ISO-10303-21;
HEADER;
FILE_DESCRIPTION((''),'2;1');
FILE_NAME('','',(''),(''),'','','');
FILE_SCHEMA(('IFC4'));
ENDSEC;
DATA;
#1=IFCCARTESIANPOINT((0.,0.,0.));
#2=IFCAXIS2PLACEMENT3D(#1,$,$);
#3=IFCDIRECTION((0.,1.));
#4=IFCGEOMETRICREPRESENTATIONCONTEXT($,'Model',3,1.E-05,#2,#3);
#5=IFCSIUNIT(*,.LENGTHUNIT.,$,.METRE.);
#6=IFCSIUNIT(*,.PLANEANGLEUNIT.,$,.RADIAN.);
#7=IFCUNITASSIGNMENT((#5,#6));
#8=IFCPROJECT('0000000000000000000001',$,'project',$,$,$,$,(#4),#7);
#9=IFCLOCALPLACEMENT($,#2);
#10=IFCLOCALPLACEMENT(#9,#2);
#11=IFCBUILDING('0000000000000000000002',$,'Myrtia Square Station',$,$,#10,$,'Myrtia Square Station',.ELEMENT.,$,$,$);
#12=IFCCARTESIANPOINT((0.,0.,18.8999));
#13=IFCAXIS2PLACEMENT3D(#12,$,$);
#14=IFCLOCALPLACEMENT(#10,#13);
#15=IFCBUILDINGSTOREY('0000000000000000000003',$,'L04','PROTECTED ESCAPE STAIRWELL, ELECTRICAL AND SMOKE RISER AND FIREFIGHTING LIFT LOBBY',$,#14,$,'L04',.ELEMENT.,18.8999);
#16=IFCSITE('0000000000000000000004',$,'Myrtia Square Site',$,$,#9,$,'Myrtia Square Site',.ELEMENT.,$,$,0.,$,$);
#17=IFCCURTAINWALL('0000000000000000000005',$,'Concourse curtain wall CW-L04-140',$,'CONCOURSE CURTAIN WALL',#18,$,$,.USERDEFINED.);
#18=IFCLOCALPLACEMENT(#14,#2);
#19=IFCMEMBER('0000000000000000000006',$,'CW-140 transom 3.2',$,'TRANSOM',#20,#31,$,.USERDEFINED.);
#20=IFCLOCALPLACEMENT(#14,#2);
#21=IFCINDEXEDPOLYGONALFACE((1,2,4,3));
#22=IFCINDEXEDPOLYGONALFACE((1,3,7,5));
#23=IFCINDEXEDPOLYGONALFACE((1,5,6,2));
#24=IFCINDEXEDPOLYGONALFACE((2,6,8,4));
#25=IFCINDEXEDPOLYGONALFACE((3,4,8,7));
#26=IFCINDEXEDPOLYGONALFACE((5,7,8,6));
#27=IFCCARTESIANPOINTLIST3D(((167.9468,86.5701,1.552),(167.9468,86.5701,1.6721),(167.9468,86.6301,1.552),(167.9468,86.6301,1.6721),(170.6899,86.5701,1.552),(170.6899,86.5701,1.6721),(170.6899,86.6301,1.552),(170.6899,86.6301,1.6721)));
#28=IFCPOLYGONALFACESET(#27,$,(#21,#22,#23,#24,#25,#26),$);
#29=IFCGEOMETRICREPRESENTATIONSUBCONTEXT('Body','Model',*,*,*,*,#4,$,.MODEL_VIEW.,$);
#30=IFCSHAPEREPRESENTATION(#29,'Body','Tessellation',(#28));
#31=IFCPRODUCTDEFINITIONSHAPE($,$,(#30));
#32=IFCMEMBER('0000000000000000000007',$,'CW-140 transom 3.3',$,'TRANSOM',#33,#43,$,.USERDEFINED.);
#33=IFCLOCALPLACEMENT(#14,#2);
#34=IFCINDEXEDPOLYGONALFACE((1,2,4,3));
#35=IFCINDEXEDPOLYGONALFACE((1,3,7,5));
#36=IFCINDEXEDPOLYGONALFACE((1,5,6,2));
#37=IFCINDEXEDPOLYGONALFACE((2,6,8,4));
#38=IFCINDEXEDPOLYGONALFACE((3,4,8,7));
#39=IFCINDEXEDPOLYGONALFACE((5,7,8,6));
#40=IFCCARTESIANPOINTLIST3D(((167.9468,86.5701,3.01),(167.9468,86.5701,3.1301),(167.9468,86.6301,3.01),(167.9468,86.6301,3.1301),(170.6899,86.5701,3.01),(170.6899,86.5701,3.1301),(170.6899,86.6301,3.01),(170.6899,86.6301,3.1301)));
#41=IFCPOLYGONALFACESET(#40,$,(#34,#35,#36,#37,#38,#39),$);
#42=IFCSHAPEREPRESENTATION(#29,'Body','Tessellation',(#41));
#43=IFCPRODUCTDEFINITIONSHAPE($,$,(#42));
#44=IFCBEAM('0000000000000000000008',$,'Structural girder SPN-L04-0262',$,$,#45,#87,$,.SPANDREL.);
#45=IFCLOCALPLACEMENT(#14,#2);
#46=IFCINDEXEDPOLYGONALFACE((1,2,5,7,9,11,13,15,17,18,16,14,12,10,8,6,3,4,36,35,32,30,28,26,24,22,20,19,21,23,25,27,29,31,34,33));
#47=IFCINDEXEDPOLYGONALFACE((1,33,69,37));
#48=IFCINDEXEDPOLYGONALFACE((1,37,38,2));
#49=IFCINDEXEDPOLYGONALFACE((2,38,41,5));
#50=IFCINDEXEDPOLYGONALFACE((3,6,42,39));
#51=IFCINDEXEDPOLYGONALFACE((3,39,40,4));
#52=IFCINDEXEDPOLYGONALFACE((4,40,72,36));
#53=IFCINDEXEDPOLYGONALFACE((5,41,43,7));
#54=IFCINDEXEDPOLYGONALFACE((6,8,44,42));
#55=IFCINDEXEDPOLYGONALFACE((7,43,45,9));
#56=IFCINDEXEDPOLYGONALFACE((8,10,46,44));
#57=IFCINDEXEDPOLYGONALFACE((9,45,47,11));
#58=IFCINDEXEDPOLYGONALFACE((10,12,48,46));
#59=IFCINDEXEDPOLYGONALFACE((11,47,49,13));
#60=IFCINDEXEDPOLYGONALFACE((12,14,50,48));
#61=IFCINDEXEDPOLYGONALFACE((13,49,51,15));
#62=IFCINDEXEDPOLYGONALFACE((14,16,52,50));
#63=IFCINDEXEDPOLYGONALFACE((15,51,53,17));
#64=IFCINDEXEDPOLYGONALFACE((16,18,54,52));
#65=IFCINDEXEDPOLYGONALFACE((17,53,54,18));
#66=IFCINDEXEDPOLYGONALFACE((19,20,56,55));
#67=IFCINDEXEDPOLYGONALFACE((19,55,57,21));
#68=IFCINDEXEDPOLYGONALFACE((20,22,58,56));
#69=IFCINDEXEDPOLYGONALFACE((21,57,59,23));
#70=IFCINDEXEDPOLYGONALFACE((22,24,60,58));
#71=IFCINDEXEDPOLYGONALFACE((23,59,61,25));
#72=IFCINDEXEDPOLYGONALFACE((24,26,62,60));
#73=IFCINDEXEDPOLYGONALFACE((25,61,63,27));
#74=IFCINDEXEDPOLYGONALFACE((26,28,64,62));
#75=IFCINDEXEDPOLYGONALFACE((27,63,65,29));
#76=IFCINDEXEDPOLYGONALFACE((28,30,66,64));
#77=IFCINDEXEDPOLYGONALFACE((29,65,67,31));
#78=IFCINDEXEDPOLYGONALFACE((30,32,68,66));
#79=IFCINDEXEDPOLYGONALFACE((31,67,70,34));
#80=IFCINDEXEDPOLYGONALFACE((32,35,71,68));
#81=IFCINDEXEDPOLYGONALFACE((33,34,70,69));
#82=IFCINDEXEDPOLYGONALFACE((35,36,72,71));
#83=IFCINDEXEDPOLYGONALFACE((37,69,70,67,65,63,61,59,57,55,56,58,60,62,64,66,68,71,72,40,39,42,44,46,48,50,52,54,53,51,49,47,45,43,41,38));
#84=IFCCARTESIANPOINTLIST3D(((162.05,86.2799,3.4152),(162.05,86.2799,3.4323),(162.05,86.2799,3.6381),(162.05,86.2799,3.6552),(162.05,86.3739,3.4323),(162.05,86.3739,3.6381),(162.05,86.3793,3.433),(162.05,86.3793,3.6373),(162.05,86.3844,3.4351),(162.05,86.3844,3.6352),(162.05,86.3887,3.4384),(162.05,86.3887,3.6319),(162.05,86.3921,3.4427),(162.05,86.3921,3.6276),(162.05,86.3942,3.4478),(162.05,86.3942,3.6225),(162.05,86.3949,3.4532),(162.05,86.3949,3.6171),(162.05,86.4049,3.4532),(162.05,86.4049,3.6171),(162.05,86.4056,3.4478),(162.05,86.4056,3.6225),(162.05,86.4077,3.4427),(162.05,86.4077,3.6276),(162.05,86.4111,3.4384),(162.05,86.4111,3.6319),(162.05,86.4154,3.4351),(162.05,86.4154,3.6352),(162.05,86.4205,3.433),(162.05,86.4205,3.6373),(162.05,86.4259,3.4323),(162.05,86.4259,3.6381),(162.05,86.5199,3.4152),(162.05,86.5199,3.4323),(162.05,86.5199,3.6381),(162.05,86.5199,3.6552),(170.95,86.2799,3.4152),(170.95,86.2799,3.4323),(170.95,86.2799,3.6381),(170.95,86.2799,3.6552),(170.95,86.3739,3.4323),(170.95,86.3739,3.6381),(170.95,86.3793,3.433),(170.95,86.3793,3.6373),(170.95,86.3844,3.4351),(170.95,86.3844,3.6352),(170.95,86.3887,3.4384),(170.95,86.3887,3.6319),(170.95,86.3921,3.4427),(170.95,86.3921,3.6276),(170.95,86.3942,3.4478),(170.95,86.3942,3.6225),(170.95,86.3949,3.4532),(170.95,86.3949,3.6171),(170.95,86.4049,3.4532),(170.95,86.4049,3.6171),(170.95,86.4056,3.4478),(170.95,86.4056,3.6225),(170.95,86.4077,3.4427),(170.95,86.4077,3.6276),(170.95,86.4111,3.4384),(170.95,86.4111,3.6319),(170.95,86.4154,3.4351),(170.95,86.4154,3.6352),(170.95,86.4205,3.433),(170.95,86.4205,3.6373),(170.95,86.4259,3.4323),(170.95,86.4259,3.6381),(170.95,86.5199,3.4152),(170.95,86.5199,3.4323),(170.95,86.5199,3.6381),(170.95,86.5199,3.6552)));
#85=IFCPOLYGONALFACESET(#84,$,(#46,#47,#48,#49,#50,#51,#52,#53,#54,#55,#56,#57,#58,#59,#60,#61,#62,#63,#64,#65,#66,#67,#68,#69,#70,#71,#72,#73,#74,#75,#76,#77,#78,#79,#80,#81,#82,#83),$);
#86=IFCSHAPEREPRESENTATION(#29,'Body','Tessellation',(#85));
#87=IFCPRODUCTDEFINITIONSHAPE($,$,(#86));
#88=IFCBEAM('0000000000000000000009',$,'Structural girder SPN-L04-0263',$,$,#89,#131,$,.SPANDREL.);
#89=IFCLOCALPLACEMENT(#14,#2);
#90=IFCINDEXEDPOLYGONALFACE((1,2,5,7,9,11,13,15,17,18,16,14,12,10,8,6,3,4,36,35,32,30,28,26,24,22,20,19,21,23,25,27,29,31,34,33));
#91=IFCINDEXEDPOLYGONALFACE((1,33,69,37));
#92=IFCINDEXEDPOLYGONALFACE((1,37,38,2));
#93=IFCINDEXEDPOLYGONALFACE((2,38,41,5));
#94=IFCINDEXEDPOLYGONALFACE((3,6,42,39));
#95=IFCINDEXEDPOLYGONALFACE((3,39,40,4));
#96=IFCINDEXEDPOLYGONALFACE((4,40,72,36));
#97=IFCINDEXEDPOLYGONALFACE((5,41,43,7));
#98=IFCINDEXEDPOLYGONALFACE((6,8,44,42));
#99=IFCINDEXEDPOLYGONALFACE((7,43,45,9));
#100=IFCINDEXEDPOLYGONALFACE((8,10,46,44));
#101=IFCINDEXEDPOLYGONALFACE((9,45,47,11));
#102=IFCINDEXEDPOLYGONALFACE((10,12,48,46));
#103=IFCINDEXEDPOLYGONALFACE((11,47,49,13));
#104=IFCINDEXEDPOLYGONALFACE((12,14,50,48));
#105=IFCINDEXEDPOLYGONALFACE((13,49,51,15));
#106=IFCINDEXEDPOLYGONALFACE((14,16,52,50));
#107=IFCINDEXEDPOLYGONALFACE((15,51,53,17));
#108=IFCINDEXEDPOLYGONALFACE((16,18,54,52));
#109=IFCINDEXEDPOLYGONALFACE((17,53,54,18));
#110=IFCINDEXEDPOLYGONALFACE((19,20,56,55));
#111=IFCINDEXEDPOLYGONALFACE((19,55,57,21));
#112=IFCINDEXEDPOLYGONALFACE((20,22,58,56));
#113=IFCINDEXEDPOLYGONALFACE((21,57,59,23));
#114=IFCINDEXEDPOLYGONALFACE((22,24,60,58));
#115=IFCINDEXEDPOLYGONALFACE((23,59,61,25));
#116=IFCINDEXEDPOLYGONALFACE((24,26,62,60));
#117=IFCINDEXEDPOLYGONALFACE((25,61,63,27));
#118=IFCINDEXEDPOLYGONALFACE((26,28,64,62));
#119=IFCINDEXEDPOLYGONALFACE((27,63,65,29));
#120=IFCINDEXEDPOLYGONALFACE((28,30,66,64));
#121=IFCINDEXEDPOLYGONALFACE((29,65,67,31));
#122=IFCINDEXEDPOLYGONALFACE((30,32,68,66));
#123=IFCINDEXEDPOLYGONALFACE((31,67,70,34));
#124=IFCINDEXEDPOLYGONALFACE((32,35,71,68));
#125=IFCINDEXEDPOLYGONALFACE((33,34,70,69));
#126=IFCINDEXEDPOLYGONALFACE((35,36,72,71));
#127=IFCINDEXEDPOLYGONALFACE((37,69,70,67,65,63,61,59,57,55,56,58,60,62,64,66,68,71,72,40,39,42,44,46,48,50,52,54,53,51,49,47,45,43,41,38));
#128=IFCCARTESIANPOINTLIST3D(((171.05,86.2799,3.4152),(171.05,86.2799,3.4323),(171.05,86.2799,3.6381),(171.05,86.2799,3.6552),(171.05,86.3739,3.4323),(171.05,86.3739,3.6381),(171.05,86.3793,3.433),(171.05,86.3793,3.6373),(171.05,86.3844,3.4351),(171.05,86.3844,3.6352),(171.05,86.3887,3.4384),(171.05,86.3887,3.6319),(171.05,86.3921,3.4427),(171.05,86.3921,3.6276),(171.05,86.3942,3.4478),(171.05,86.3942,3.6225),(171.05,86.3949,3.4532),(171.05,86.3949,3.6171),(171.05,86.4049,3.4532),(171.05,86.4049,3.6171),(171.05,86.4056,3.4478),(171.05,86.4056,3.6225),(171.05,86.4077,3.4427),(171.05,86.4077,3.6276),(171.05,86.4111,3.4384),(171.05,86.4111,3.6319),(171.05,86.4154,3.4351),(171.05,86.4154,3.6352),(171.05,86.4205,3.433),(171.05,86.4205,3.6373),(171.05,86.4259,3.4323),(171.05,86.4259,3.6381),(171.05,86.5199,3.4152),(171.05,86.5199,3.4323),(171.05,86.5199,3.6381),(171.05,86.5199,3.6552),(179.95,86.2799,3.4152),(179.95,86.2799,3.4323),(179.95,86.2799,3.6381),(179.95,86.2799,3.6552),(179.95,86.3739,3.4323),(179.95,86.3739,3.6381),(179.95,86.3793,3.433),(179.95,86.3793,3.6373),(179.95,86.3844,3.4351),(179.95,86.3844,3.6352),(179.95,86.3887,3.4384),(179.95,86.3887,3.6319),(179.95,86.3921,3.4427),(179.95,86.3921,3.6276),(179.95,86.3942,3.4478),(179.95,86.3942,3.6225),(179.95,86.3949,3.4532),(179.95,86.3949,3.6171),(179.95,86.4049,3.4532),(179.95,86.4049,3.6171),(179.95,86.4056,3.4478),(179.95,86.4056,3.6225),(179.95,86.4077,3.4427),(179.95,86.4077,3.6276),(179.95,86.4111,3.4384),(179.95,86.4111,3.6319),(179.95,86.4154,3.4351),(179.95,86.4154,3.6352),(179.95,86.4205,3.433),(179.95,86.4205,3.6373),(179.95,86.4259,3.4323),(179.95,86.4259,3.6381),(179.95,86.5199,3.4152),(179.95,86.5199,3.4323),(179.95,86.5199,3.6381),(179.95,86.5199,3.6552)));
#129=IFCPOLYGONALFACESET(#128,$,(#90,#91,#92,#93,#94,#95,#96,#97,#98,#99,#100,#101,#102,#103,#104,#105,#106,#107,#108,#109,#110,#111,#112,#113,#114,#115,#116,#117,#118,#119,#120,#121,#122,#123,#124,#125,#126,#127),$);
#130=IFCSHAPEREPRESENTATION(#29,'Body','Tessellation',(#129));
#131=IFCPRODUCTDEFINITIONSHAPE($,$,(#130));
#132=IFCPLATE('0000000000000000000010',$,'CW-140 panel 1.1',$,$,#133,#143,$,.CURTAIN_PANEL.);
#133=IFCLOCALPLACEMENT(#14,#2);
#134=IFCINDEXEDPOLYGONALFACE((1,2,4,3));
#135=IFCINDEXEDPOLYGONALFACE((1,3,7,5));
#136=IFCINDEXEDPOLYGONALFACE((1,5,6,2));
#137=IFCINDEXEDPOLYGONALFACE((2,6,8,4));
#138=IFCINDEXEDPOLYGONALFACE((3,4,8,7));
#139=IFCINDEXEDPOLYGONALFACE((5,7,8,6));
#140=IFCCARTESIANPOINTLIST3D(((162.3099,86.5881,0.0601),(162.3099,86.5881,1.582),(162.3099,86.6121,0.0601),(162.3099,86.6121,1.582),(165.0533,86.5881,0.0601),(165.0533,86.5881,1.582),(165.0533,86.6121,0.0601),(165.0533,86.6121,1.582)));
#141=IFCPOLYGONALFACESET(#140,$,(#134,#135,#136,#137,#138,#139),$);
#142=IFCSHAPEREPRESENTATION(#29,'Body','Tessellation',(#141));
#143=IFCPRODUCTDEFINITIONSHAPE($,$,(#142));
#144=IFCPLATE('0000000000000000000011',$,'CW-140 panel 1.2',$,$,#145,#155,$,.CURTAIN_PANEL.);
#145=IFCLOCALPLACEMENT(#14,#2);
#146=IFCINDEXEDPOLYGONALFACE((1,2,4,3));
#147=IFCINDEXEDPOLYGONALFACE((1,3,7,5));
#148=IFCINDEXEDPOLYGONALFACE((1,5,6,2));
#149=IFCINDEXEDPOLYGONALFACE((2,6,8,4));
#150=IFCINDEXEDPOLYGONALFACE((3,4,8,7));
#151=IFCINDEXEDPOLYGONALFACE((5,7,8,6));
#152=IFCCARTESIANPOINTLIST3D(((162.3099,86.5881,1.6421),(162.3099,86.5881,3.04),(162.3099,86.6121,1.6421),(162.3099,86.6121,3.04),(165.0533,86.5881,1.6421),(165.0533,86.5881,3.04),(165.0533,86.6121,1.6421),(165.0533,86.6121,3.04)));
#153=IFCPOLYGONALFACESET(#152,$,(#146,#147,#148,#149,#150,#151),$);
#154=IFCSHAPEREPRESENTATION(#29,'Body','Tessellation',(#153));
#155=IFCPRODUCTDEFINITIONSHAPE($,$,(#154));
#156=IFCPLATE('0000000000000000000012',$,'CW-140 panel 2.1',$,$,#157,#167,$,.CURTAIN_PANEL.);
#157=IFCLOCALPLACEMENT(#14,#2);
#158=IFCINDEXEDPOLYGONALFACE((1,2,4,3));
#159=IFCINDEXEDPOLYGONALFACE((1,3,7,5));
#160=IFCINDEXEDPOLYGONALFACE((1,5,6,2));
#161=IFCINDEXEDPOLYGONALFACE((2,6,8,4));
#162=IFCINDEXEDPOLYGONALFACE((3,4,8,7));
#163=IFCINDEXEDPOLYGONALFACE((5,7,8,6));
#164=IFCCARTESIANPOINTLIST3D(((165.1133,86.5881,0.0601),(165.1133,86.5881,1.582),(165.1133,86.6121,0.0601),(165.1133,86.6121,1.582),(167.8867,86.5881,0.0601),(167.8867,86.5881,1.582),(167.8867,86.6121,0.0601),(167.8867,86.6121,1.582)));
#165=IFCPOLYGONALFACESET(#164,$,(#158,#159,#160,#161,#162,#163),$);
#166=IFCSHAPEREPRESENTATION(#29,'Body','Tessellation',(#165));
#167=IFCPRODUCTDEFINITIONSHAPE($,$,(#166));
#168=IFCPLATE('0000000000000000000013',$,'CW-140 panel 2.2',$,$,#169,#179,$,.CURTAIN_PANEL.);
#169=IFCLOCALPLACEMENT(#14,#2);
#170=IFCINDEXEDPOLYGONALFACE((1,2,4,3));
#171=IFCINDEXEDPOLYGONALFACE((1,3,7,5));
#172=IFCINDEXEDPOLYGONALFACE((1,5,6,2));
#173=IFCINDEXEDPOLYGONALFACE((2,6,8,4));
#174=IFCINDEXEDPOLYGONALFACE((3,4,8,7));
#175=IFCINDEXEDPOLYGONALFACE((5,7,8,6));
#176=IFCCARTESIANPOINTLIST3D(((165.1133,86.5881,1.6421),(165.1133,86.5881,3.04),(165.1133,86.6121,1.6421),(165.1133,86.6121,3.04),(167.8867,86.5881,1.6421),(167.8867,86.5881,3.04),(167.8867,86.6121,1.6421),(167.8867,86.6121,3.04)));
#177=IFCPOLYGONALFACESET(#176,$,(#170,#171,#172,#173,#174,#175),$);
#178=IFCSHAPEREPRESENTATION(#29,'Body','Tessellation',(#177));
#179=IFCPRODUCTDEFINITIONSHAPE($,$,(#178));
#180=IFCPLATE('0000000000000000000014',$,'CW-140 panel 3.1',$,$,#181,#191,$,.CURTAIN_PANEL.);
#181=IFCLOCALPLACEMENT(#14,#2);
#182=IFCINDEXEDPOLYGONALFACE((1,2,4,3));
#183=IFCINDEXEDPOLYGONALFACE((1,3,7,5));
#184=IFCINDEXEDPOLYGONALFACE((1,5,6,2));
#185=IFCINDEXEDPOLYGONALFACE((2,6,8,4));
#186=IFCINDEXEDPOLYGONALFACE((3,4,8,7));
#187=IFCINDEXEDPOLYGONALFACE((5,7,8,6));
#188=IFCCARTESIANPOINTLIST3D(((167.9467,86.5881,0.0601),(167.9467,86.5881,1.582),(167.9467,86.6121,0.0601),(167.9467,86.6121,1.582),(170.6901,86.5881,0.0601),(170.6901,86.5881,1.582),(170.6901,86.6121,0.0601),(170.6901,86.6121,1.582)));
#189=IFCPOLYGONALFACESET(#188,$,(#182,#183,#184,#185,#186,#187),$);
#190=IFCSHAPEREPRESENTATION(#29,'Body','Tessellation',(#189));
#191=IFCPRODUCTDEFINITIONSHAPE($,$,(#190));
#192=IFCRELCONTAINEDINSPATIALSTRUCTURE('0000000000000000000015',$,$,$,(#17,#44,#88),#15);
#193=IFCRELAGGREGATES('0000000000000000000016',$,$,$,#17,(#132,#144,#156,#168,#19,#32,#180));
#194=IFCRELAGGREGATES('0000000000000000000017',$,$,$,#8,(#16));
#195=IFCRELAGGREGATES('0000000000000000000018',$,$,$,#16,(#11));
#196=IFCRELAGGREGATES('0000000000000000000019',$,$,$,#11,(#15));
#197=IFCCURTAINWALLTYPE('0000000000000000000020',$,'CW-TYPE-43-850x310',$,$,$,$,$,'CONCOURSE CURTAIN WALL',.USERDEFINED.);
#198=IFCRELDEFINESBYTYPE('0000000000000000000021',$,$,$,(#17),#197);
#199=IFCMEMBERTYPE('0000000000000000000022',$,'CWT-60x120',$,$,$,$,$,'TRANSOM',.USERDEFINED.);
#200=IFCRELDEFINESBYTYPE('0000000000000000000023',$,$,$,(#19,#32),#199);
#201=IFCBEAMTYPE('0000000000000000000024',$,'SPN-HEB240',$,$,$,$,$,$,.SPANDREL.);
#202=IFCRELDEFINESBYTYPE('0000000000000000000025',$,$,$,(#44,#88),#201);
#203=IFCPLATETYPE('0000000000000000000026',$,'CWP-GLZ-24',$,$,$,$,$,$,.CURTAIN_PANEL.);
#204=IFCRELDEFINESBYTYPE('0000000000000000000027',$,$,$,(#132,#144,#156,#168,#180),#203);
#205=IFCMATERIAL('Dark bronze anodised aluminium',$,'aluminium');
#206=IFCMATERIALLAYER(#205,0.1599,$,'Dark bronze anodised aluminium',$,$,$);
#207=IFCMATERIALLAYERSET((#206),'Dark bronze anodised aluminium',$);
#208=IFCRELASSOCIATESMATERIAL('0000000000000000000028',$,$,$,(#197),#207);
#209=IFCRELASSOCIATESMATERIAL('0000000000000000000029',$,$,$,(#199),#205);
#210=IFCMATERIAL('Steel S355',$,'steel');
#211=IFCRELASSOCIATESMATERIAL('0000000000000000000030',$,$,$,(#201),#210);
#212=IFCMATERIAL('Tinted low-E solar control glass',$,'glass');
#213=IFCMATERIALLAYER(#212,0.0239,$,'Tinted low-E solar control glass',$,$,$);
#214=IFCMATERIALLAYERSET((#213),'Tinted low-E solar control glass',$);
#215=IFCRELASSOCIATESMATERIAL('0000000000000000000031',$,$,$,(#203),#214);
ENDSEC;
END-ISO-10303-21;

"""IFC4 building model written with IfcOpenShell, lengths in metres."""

from ifc_helpers import new_model, si_unit, direction, frame, origin, origin_2d, place, context, subcontext, project, spatial, rectangle, i_section, extrude, material, layer, layer_set, material_profile, profile_set, type_object, element, aggregate, save


model = new_model("IFC4")

# Units and contexts
model_context = context("Model", 3, precision=1e-05, world=origin(), true_north=direction((0.0, 1.0)))
body_context = subcontext(model_context, "Body", "Model", "MODEL_VIEW")
ifc_project = project(units=[si_unit("LENGTHUNIT", "METRE"), si_unit("PLANEANGLEUNIT", "RADIAN")], contexts=[model_context])

# Site, building, storey
site_placement = place(None, origin())
site = spatial("IfcSite", under=ifc_project, at=site_placement, Name="Myrtia Square Site", LongName="Myrtia Square Site", CompositionType="ELEMENT", RefElevation=0.0)
building_placement = place(site_placement, origin())
building = spatial("IfcBuilding", under=site, at=building_placement, Name="Myrtia Square Station", LongName="Myrtia Square Station", CompositionType="ELEMENT")
storey_placement = place(building_placement, frame((0.0, 0.0, 18.8999)))
storey = spatial("IfcBuildingStorey", under=building, at=storey_placement, Name="L04", Description="PROTECTED ESCAPE STAIRWELL, ELECTRICAL AND SMOKE RISER AND FIREFIGHTING LIFT LOBBY", LongName="L04", CompositionType="ELEMENT", Elevation=18.8999)

# Shared definitions
ifc_material_1 = material(Name="Steel S355", Category="steel")

# Curtain wall
ifc_material_2 = material(Name="Dark bronze anodised aluminium", Category="aluminium")
ifc_layer_1 = layer(ifc_material_2, 0.1599, Name="Dark bronze anodised aluminium")
ifc_layer_set_1 = layer_set([ifc_layer_1], Name="Dark bronze anodised aluminium")
curtain_wall_type = type_object("IfcCurtainWallType", Name="CW-TYPE-43-850x310", ElementType="CONCOURSE CURTAIN WALL", PredefinedType="USERDEFINED", material=ifc_layer_set_1)
curtain_wall_1_placement = place(storey_placement, origin())
curtain_wall_1 = element("IfcCurtainWall", 1, at=curtain_wall_1_placement, inside=storey, type_object=curtain_wall_type, Name="Concourse curtain wall CW-L04-140", ObjectType="CONCOURSE CURTAIN WALL", PredefinedType="USERDEFINED")

# Members
ifc_material_profile_1 = material_profile(ifc_material_2, rectangle(XDim=0.0601, YDim=0.1201, at=origin_2d()), Name="ALU-T 60x120")
ifc_profile_set_1 = profile_set([ifc_material_profile_1], Name="Dark bronze anodised aluminium")
member_type_1 = type_object("IfcMemberType", Name="CWT-60x120", ElementType="TRANSOM", PredefinedType="USERDEFINED", material=ifc_profile_set_1)
member_1_placement = place(storey_placement, frame((167.9468, 86.6001, 1.6121), z_axis=(1.0, 0.0, 0.0), x_axis=(0.0, 1.0, 0.0)))
member_1 = element("IfcMember", 2, at=member_1_placement, type_object=member_type_1, Name="CW-140 transom 3.2", ObjectType="TRANSOM", PredefinedType="USERDEFINED", context=body_context, shape_type="SweptSolid", body=[
    extrude(rectangle(XDim=0.0601, YDim=0.1201, at=origin_2d()), origin(), (0.0, 0.0, 1.0), 2.7432),
])
member_2_placement = place(storey_placement, frame((167.9468, 86.6001, 3.0701), z_axis=(1.0, 0.0, 0.0), x_axis=(0.0, 1.0, 0.0)))
member_2 = element("IfcMember", 3, at=member_2_placement, type_object=member_type_1, Name="CW-140 transom 3.3", ObjectType="TRANSOM", PredefinedType="USERDEFINED", context=body_context, shape_type="SweptSolid", body=[
    extrude(rectangle(XDim=0.0601, YDim=0.1201, at=origin_2d()), origin(), (0.0, 0.0, 1.0), 2.7432),
])

# Beams
ifc_material_profile_2 = material_profile(ifc_material_1, i_section(OverallWidth=0.24, OverallDepth=0.24, WebThickness=0.01, FlangeThickness=0.0171, FilletRadius=0.021, at=origin_2d()), Name="HEB 240")
ifc_profile_set_2 = profile_set([ifc_material_profile_2], Name="Steel S355")
beam_type_1 = type_object("IfcBeamType", Name="SPN-HEB240", PredefinedType="SPANDREL", material=ifc_profile_set_2)
for number, where, z_axis, x_axis, name in (
    (4, (162.05, 86.3999, 3.5352), (1.0, 0.0, 0.0), (0.0, 1.0, 0.0), "Structural girder SPN-L04-0262"),
    (5, (171.05, 86.3999, 3.5352), (1.0, 0.0, 0.0), (0.0, 1.0, 0.0), "Structural girder SPN-L04-0263"),
):
    element("IfcBeam", number, at=place(storey_placement, frame(where, z_axis=z_axis, x_axis=x_axis)), inside=storey, type_object=beam_type_1, Name=name, PredefinedType="SPANDREL", context=body_context, shape_type="SweptSolid", body=[
        extrude(i_section(OverallWidth=0.24, OverallDepth=0.24, WebThickness=0.01, FlangeThickness=0.0171, FilletRadius=0.021, at=origin_2d()), origin(), (0.0, 0.0, 1.0), 8.8999),
    ])

# Plates
ifc_material_3 = material(Name="Tinted low-E solar control glass", Category="glass")
ifc_layer_2 = layer(ifc_material_3, 0.0239, Name="Tinted low-E solar control glass")
ifc_layer_set_2 = layer_set([ifc_layer_2], Name="Tinted low-E solar control glass")
plate_type_1 = type_object("IfcPlateType", Name="CWP-GLZ-24", PredefinedType="CURTAIN_PANEL", material=ifc_layer_set_2)
plate_1_placement = place(storey_placement, frame((163.6816, 86.6001, 0.0601), z_axis=(0.0, 0.0, 1.0), x_axis=(1.0, 0.0, 0.0)))
plate_1 = element("IfcPlate", 6, at=plate_1_placement, type_object=plate_type_1, Name="CW-140 panel 1.1", PredefinedType="CURTAIN_PANEL", context=body_context, shape_type="SweptSolid", body=[
    extrude(rectangle(XDim=2.7434, YDim=0.0239, at=origin_2d()), origin(), (0.0, 0.0, 1.0), 1.522),
])
plate_2_placement = place(storey_placement, frame((163.6816, 86.6001, 1.6421), z_axis=(0.0, 0.0, 1.0), x_axis=(1.0, 0.0, 0.0)))
plate_2 = element("IfcPlate", 7, at=plate_2_placement, type_object=plate_type_1, Name="CW-140 panel 1.2", PredefinedType="CURTAIN_PANEL", context=body_context, shape_type="SweptSolid", body=[
    extrude(rectangle(XDim=2.7434, YDim=0.0239, at=origin_2d()), origin(), (0.0, 0.0, 1.0), 1.3979),
])
plate_3_placement = place(storey_placement, frame((166.5, 86.6001, 0.0601), z_axis=(0.0, 0.0, 1.0), x_axis=(1.0, 0.0, 0.0)))
plate_3 = element("IfcPlate", 8, at=plate_3_placement, type_object=plate_type_1, Name="CW-140 panel 2.1", PredefinedType="CURTAIN_PANEL", context=body_context, shape_type="SweptSolid", body=[
    extrude(rectangle(XDim=2.7734, YDim=0.0239, at=origin_2d()), origin(), (0.0, 0.0, 1.0), 1.522),
])
plate_4_placement = place(storey_placement, frame((166.5, 86.6001, 1.6421), z_axis=(0.0, 0.0, 1.0), x_axis=(1.0, 0.0, 0.0)))
plate_4 = element("IfcPlate", 9, at=plate_4_placement, type_object=plate_type_1, Name="CW-140 panel 2.2", PredefinedType="CURTAIN_PANEL", context=body_context, shape_type="SweptSolid", body=[
    extrude(rectangle(XDim=2.7734, YDim=0.0239, at=origin_2d()), origin(), (0.0, 0.0, 1.0), 1.3979),
])
plate_5_placement = place(storey_placement, frame((169.3184, 86.6001, 0.0601), z_axis=(0.0, 0.0, 1.0), x_axis=(1.0, 0.0, 0.0)))
plate_5 = element("IfcPlate", 10, at=plate_5_placement, type_object=plate_type_1, Name="CW-140 panel 3.1", PredefinedType="CURTAIN_PANEL", context=body_context, shape_type="SweptSolid", body=[
    extrude(rectangle(XDim=2.7434, YDim=0.0239, at=origin_2d()), origin(), (0.0, 0.0, 1.0), 1.522),
])
aggregate(curtain_wall_1, [plate_1, plate_2, plate_3, plate_4, member_1, member_2, plate_5])

save(model, "model.ifc")
